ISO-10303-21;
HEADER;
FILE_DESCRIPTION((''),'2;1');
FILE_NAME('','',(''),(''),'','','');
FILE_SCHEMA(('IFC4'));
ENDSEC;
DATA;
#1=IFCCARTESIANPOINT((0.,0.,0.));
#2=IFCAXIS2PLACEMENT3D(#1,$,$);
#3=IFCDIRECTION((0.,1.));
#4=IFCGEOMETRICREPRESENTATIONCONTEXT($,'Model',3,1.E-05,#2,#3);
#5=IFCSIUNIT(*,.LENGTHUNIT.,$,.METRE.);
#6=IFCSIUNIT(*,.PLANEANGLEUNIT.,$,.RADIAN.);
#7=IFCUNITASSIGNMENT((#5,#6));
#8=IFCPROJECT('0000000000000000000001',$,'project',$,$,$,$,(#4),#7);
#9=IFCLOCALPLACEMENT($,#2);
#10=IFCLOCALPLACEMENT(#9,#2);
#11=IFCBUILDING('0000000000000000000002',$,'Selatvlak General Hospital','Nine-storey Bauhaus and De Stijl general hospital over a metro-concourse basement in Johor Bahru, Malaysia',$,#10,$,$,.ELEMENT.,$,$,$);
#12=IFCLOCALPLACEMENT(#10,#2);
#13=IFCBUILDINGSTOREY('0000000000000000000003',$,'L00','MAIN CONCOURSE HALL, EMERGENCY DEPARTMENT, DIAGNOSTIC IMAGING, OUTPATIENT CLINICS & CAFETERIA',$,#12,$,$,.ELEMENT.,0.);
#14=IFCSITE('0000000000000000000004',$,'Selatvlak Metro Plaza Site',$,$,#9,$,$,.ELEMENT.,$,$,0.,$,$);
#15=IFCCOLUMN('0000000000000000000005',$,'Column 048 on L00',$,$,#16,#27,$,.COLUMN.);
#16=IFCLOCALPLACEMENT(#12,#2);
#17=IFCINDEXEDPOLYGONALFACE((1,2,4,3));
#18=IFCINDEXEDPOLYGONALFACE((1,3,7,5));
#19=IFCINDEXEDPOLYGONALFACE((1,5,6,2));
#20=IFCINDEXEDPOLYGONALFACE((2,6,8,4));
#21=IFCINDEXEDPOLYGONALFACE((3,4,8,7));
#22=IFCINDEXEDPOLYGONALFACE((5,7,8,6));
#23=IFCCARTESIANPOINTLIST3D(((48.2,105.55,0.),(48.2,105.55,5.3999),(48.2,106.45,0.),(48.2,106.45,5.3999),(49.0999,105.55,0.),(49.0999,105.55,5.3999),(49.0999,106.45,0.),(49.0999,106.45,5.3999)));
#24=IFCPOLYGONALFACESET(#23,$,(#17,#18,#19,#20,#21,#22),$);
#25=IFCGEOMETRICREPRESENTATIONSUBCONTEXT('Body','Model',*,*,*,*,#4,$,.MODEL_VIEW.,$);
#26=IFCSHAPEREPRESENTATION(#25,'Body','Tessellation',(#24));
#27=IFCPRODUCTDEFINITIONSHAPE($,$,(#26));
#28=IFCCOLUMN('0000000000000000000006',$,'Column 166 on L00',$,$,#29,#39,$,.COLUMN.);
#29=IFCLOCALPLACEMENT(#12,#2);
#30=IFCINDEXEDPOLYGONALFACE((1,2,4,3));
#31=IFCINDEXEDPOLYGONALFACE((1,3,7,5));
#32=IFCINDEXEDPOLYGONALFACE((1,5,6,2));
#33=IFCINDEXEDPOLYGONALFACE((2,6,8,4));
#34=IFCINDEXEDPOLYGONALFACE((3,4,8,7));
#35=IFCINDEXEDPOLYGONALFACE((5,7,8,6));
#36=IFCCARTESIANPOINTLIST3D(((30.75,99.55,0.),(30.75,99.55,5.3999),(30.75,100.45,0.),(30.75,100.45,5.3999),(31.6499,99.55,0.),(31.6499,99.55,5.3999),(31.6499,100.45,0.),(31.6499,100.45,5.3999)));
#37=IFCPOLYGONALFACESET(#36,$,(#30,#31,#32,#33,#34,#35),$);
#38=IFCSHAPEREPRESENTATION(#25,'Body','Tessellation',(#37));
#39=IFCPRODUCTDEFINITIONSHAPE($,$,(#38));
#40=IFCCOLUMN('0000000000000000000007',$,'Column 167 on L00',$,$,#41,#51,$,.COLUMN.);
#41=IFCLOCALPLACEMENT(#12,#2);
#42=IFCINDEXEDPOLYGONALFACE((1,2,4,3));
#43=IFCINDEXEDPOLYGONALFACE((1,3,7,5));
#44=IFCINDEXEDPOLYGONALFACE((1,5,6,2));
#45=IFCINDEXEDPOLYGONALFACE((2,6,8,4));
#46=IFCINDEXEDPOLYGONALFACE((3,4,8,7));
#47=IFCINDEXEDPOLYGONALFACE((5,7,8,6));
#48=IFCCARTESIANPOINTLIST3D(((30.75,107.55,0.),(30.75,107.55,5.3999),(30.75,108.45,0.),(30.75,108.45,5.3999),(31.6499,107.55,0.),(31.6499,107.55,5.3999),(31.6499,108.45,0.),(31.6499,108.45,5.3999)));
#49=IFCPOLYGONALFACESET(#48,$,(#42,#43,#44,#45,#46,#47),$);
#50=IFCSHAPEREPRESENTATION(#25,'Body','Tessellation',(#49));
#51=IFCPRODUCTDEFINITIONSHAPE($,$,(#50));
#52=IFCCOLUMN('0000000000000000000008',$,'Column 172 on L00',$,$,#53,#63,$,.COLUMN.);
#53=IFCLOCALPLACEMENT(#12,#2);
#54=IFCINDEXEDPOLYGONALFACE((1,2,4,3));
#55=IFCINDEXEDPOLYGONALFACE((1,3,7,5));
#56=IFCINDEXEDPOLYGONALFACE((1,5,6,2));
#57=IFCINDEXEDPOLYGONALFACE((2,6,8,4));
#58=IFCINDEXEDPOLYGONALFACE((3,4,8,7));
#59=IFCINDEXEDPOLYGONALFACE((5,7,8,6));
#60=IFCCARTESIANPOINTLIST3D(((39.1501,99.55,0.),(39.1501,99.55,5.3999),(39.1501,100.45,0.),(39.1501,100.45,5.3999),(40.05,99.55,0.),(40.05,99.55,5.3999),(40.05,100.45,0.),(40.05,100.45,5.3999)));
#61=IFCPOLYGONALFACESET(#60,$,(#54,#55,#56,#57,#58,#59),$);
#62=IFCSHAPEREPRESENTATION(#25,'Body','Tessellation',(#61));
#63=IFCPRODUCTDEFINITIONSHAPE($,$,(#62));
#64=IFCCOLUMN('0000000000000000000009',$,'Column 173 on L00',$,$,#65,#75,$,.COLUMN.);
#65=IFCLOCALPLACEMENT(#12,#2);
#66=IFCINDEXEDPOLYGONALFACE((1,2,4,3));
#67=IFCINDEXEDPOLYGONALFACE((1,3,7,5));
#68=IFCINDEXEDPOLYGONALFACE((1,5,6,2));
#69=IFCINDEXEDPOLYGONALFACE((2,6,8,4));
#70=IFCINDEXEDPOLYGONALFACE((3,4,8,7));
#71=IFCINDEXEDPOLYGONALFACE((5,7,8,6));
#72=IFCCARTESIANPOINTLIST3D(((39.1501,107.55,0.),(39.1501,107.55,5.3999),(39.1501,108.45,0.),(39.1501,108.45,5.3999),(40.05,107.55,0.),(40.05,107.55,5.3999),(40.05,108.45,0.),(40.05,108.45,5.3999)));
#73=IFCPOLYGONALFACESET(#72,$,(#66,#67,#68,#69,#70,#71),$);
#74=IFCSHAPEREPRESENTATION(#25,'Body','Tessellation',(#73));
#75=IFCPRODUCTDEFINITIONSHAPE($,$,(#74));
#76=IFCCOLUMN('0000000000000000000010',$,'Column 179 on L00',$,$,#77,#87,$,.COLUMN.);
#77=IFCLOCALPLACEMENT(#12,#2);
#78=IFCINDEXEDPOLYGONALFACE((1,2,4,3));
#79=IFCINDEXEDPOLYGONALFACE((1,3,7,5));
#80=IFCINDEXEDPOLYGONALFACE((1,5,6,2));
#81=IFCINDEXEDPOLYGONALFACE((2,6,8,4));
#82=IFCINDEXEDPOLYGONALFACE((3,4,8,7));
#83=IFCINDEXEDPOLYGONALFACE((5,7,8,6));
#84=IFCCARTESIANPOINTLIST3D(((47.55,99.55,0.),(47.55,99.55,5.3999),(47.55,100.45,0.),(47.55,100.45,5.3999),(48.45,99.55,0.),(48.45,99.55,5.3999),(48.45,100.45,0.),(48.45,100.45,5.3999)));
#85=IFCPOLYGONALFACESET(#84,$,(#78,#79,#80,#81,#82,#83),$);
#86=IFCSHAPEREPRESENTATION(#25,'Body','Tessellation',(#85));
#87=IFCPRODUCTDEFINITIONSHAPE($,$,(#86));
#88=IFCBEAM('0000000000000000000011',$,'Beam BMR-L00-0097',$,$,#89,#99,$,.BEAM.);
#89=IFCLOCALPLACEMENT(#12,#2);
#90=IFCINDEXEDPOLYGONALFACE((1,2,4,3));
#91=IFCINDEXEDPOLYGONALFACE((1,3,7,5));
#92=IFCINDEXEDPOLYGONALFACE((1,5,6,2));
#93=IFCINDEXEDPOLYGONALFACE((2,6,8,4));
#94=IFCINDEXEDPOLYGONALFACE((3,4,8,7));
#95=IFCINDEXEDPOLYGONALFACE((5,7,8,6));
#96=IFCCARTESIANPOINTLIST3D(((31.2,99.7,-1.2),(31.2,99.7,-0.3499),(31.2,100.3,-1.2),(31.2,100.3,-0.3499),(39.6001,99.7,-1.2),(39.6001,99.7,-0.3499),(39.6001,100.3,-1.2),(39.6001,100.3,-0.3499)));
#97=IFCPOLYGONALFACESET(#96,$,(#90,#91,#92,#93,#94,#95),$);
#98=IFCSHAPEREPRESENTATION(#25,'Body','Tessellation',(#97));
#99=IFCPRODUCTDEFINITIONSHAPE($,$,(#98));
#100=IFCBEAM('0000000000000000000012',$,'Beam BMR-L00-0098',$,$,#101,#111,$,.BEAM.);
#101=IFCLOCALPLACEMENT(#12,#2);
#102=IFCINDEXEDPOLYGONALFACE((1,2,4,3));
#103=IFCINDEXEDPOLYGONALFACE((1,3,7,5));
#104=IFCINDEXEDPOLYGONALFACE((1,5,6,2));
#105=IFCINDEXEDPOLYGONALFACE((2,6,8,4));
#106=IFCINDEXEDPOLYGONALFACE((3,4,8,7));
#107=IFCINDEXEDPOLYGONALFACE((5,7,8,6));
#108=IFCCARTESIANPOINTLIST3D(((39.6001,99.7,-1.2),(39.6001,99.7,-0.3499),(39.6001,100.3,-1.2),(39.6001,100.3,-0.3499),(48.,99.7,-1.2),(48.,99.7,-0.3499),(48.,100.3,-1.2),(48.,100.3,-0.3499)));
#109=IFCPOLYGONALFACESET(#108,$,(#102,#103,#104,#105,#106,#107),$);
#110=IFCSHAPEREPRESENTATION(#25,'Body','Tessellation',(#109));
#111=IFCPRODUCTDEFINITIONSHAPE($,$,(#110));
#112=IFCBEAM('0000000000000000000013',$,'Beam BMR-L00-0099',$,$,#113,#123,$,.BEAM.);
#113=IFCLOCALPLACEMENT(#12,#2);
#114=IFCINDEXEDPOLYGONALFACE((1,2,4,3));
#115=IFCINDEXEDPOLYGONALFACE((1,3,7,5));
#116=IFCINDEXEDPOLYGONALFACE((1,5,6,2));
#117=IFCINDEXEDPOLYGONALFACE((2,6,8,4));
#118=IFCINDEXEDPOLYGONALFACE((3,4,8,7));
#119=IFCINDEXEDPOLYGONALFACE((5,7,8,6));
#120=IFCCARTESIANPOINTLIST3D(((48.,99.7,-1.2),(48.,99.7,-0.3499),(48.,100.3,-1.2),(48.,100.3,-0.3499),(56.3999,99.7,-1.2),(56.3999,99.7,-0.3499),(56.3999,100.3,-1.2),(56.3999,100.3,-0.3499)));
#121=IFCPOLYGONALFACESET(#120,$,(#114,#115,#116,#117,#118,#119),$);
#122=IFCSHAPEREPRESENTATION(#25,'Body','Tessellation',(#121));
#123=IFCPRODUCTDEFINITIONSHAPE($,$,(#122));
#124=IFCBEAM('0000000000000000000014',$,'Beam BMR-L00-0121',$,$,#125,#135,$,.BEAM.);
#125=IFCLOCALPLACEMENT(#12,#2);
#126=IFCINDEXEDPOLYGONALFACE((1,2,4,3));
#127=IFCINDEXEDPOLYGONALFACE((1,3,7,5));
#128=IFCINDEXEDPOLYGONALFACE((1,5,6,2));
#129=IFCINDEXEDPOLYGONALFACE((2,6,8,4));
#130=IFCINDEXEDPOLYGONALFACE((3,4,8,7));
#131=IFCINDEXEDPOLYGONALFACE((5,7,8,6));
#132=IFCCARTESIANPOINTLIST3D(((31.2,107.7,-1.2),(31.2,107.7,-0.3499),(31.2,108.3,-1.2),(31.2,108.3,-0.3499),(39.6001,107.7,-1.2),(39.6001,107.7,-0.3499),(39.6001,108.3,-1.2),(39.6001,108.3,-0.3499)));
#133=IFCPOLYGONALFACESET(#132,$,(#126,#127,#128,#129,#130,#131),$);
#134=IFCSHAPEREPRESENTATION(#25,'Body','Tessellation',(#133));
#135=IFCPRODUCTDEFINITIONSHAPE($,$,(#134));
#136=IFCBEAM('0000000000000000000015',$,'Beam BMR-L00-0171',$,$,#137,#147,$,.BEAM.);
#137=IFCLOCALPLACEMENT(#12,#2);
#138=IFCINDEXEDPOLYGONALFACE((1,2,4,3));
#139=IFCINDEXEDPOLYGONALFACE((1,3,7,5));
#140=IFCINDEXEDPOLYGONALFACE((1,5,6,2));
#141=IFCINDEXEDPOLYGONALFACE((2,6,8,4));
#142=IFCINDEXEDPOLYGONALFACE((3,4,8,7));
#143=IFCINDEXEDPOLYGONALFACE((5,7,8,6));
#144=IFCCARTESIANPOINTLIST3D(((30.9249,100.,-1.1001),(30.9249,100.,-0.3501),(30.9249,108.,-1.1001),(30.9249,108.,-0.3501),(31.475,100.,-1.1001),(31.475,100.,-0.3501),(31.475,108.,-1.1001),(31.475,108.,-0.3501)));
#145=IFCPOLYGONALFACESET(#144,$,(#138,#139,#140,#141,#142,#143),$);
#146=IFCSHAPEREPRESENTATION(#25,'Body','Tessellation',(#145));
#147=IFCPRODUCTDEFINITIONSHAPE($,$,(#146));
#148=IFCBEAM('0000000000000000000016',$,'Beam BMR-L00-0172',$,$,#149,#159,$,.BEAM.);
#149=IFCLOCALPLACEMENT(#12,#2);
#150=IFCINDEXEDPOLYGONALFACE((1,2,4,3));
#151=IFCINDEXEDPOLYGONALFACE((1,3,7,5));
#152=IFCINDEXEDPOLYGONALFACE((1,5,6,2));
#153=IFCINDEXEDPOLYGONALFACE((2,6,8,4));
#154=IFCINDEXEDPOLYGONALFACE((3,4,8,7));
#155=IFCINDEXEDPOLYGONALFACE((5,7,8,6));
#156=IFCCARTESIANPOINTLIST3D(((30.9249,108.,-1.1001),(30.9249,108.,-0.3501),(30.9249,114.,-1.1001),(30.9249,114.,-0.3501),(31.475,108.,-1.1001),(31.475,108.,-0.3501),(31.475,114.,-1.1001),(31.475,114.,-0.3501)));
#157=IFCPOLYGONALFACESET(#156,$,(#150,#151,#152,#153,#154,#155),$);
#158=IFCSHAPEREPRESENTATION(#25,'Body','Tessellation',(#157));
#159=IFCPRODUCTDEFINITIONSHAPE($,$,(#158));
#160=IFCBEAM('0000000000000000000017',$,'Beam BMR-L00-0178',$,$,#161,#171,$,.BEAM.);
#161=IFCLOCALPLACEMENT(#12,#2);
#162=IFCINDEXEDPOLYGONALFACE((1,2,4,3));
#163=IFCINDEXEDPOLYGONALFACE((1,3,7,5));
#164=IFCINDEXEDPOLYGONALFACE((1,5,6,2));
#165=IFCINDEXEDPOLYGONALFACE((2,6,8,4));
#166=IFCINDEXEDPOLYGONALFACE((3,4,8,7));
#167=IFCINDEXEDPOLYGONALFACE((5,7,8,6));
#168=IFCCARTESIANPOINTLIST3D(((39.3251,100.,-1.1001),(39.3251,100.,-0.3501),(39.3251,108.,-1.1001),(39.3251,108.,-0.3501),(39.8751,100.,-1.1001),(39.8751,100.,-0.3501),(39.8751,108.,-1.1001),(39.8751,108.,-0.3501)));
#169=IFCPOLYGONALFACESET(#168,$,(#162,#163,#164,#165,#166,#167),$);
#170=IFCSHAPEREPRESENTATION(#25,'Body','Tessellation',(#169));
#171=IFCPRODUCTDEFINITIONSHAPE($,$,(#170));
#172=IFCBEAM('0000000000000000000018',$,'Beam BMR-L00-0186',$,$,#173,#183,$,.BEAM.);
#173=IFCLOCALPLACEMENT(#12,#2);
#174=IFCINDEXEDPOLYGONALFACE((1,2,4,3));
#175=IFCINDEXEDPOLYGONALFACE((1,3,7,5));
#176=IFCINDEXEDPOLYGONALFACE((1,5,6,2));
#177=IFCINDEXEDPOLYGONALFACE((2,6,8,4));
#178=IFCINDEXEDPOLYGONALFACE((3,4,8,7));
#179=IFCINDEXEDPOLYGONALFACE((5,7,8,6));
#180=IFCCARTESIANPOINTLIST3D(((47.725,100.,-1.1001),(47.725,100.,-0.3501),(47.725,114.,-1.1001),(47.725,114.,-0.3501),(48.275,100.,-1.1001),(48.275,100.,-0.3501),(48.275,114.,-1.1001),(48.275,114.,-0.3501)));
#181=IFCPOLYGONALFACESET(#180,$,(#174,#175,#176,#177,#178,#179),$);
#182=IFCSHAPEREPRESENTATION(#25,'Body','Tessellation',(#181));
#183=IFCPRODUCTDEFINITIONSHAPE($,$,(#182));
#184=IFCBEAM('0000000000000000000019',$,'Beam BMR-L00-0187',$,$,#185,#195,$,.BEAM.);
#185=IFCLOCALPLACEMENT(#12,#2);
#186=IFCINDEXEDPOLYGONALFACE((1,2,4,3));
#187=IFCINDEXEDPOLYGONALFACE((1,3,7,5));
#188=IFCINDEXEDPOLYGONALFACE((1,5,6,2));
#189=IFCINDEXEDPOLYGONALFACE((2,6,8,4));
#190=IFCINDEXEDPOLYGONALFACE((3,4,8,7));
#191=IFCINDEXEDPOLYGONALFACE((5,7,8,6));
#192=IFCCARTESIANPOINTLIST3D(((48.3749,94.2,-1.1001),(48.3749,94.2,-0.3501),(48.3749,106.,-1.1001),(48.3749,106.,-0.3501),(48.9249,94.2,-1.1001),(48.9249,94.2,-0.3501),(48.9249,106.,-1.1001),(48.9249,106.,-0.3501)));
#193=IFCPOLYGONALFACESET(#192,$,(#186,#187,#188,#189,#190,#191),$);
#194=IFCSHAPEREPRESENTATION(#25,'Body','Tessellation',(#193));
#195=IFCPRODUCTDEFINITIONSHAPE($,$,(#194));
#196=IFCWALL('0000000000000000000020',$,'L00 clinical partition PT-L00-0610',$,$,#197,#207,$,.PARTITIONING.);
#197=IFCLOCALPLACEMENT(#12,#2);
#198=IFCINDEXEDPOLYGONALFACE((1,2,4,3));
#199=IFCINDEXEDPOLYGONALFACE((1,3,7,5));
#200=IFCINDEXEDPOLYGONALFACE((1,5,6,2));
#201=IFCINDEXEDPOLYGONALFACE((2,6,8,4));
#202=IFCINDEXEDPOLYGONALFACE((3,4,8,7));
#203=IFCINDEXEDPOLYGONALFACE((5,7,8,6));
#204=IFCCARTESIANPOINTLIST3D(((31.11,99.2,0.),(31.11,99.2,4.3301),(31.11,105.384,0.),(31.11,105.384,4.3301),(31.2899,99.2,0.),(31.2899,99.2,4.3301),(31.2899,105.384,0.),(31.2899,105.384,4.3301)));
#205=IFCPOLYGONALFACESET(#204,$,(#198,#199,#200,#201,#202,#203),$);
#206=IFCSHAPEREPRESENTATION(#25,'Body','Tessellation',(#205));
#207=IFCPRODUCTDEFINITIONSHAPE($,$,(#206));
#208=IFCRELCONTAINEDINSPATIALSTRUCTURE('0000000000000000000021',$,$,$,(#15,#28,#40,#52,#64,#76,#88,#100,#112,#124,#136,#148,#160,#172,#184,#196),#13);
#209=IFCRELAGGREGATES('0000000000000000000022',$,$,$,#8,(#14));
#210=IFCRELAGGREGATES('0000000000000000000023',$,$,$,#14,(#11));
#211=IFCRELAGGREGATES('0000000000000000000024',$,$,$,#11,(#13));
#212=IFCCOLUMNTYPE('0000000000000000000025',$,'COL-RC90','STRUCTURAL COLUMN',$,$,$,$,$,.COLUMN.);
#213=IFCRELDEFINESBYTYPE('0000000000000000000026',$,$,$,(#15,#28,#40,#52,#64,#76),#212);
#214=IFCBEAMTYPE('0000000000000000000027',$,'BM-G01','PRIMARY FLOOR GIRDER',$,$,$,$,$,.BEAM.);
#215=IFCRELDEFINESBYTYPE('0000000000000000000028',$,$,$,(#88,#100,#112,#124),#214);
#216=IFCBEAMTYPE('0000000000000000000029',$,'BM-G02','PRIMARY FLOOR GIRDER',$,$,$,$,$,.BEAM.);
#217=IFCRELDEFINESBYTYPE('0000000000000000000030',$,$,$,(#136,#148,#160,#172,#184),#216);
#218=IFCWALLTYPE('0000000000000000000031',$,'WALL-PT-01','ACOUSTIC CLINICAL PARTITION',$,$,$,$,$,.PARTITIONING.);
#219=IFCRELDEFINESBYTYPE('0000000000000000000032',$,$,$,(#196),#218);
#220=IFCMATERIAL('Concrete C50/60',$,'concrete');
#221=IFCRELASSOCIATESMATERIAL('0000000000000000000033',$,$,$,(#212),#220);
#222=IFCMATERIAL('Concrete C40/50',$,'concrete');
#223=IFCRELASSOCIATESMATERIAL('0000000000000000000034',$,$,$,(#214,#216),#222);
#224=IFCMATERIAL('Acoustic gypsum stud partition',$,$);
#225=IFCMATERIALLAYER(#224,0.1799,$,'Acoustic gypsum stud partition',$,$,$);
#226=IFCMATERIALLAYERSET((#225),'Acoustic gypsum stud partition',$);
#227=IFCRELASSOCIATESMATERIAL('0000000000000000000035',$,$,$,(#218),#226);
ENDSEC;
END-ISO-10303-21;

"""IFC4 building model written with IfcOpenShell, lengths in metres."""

from ifc_helpers import new_model, si_unit, direction, frame, frame_2d, origin, origin_2d, place, context, subcontext, project, spatial, rectangle, extrude, material, layer, layer_set, material_profile, profile_set, type_object, element, save


model = new_model("IFC4")

# Units and contexts
model_context = context("Model", 3, precision=1e-05, world=origin(), true_north=direction((0.0, 1.0)))
body_context = subcontext(model_context, "Body", "Model", "MODEL_VIEW")
ifc_project = project(units=[si_unit("LENGTHUNIT", "METRE"), si_unit("PLANEANGLEUNIT", "RADIAN")], contexts=[model_context])

# Site, building, storey
site_placement = place(None, origin())
site = spatial("IfcSite", under=ifc_project, at=site_placement, Name="Selatvlak Metro Plaza Site", CompositionType="ELEMENT", RefElevation=0.0)
building_placement = place(site_placement, origin())
building = spatial("IfcBuilding", under=site, at=building_placement, Name="Selatvlak General Hospital", Description="Nine-storey Bauhaus and De Stijl general hospital over a metro-concourse basement in Johor Bahru, Malaysia", CompositionType="ELEMENT")
storey_placement = place(building_placement, origin())
storey = spatial("IfcBuildingStorey", under=building, at=storey_placement, Name="L00", Description="MAIN CONCOURSE HALL, EMERGENCY DEPARTMENT, DIAGNOSTIC IMAGING, OUTPATIENT CLINICS & CAFETERIA", CompositionType="ELEMENT", Elevation=0.0)

# Columns
ifc_material_1 = material(Name="Concrete C50/60", Category="concrete")
ifc_material_profile_1 = material_profile(ifc_material_1, rectangle(XDim=0.8999, YDim=0.8999, at=origin_2d()), Name="RC-COL 900x900")
ifc_profile_set_1 = profile_set([ifc_material_profile_1], Name="Concrete C50/60")
column_type = type_object("IfcColumnType", Name="COL-RC90", Description="STRUCTURAL COLUMN", PredefinedType="COLUMN", material=ifc_profile_set_1)
for number, where, z_axis, x_axis, name in (
    (1, (48.6499, 106.0, 0.0), (0.0, 0.0, 1.0), (1.0, 0.0, 0.0), "Column 048 on L00"),
    (2, (31.2, 100.0, 0.0), (0.0, 0.0, 1.0), (1.0, 0.0, 0.0), "Column 166 on L00"),
    (3, (31.2, 108.0, 0.0), (0.0, 0.0, 1.0), (1.0, 0.0, 0.0), "Column 167 on L00"),
    (4, (39.6001, 100.0, 0.0), (0.0, 0.0, 1.0), (1.0, 0.0, 0.0), "Column 172 on L00"),
    (5, (39.6001, 108.0, 0.0), (0.0, 0.0, 1.0), (1.0, 0.0, 0.0), "Column 173 on L00"),
    (6, (48.0, 100.0, 0.0), (0.0, 0.0, 1.0), (1.0, 0.0, 0.0), "Column 179 on L00"),
):
    element("IfcColumn", number, at=place(storey_placement, frame(where, z_axis=z_axis, x_axis=x_axis)), inside=storey, type_object=column_type, Name=name, PredefinedType="COLUMN", context=body_context, shape_type="SweptSolid", body=[
        extrude(rectangle(XDim=0.8999, YDim=0.8999, at=origin_2d()), origin(), (0.0, 0.0, 1.0), 5.3999),
    ])

# Beams
ifc_material_2 = material(Name="Concrete C40/50", Category="concrete")
ifc_material_profile_2 = material_profile(ifc_material_2, rectangle(XDim=0.6001, YDim=0.8501, at=origin_2d()), Name="RC-BM 600x850")
ifc_profile_set_2 = profile_set([ifc_material_profile_2], Name="Concrete C40/50")
beam_type_1 = type_object("IfcBeamType", Name="BM-G01", Description="PRIMARY FLOOR GIRDER", PredefinedType="BEAM", material=ifc_profile_set_2)
beam_1_placement = place(storey_placement, frame((31.2, 100.0, -0.7749), z_axis=(1.0, 0.0, 0.0), x_axis=(0.0, 1.0, 0.0)))
element("IfcBeam", 7, at=beam_1_placement, inside=storey, type_object=beam_type_1, Name="Beam BMR-L00-0097", PredefinedType="BEAM", context=body_context, shape_type="SweptSolid", body=[
    extrude(rectangle(XDim=0.6001, YDim=0.8501, at=origin_2d()), origin(), (0.0, 0.0, 1.0), 8.4001),
])
for number, where, z_axis, x_axis, name in (
    (8, (39.6001, 100.0, -0.7749), (1.0, 0.0, 0.0), (0.0, 1.0, 0.0), "Beam BMR-L00-0098"),
    (9, (48.0, 100.0, -0.7749), (1.0, 0.0, 0.0), (0.0, 1.0, 0.0), "Beam BMR-L00-0099"),
):
    element("IfcBeam", number, at=place(storey_placement, frame(where, z_axis=z_axis, x_axis=x_axis)), inside=storey, type_object=beam_type_1, Name=name, PredefinedType="BEAM", context=body_context, shape_type="SweptSolid", body=[
        extrude(rectangle(XDim=0.6001, YDim=0.8501, at=origin_2d()), origin(), (0.0, 0.0, 1.0), 8.3999),
    ])
beam_2_placement = place(storey_placement, frame((31.2, 108.0, -0.7749), z_axis=(1.0, 0.0, 0.0), x_axis=(0.0, 1.0, 0.0)))
element("IfcBeam", 10, at=beam_2_placement, inside=storey, type_object=beam_type_1, Name="Beam BMR-L00-0121", PredefinedType="BEAM", context=body_context, shape_type="SweptSolid", body=[
    extrude(rectangle(XDim=0.6001, YDim=0.8501, at=origin_2d()), origin(), (0.0, 0.0, 1.0), 8.4001),
])
ifc_material_profile_3 = material_profile(ifc_material_2, rectangle(XDim=0.55, YDim=0.75, at=origin_2d()), Name="RC-BM 550x750")
ifc_profile_set_3 = profile_set([ifc_material_profile_3], Name="Concrete C40/50")
beam_type_2 = type_object("IfcBeamType", Name="BM-G02", Description="PRIMARY FLOOR GIRDER", PredefinedType="BEAM", material=ifc_profile_set_3)
beam_3_placement = place(storey_placement, frame((31.2, 100.0, -0.7251), z_axis=(0.0, 1.0, 0.0), x_axis=(-1.0, 0.0, 0.0)))
element("IfcBeam", 11, at=beam_3_placement, inside=storey, type_object=beam_type_2, Name="Beam BMR-L00-0171", PredefinedType="BEAM", context=body_context, shape_type="SweptSolid", body=[
    extrude(rectangle(XDim=0.55, YDim=0.75, at=origin_2d()), origin(), (0.0, 0.0, 1.0), 8.0),
])
beam_4_placement = place(storey_placement, frame((31.2, 108.0, -0.7251), z_axis=(0.0, 1.0, 0.0), x_axis=(-1.0, 0.0, 0.0)))
element("IfcBeam", 12, at=beam_4_placement, inside=storey, type_object=beam_type_2, Name="Beam BMR-L00-0172", PredefinedType="BEAM", context=body_context, shape_type="SweptSolid", body=[
    extrude(rectangle(XDim=0.55, YDim=0.75, at=origin_2d()), origin(), (0.0, 0.0, 1.0), 6.0),
])
beam_5_placement = place(storey_placement, frame((39.6001, 100.0, -0.7251), z_axis=(0.0, 1.0, 0.0), x_axis=(-1.0, 0.0, 0.0)))
element("IfcBeam", 13, at=beam_5_placement, inside=storey, type_object=beam_type_2, Name="Beam BMR-L00-0178", PredefinedType="BEAM", context=body_context, shape_type="SweptSolid", body=[
    extrude(rectangle(XDim=0.55, YDim=0.75, at=origin_2d()), origin(), (0.0, 0.0, 1.0), 8.0),
])
beam_6_placement = place(storey_placement, frame((48.0, 100.0, -0.7251), z_axis=(0.0, 1.0, 0.0), x_axis=(-1.0, 0.0, 0.0)))
element("IfcBeam", 14, at=beam_6_placement, inside=storey, type_object=beam_type_2, Name="Beam BMR-L00-0186", PredefinedType="BEAM", context=body_context, shape_type="SweptSolid", body=[
    extrude(rectangle(XDim=0.55, YDim=0.75, at=origin_2d()), origin(), (0.0, 0.0, 1.0), 14.0),
])
beam_7_placement = place(storey_placement, frame((48.6499, 94.2, -0.7251), z_axis=(0.0, 1.0, 0.0), x_axis=(-1.0, 0.0, 0.0)))
element("IfcBeam", 15, at=beam_7_placement, inside=storey, type_object=beam_type_2, Name="Beam BMR-L00-0187", PredefinedType="BEAM", context=body_context, shape_type="SweptSolid", body=[
    extrude(rectangle(XDim=0.55, YDim=0.75, at=origin_2d()), origin(), (0.0, 0.0, 1.0), 11.8),
])

# Wall
ifc_material_3 = material(Name="Acoustic gypsum stud partition")
ifc_layer_1 = layer(ifc_material_3, 0.1799, Name="Acoustic gypsum stud partition")
ifc_layer_set_1 = layer_set([ifc_layer_1], Name="Acoustic gypsum stud partition")
wall_type_1 = type_object("IfcWallType", Name="WALL-PT-01", Description="ACOUSTIC CLINICAL PARTITION", PredefinedType="PARTITIONING", material=ifc_layer_set_1)
wall_1_placement = place(storey_placement, frame((31.2, 105.384, 0.0), z_axis=(0.0, 0.0, 1.0), x_axis=(0.0, -1.0, 0.0)))
element("IfcWall", 16, at=wall_1_placement, inside=storey, type_object=wall_type_1, Name="L00 clinical partition PT-L00-0610", PredefinedType="PARTITIONING", context=body_context, shape_type="SweptSolid", body=[
    extrude(rectangle(XDim=6.1841, YDim=0.1799, at=frame_2d((3.092, 0.0))), origin(), (0.0, 0.0, 1.0), 4.3301),
])

save(model, "model.ifc")
